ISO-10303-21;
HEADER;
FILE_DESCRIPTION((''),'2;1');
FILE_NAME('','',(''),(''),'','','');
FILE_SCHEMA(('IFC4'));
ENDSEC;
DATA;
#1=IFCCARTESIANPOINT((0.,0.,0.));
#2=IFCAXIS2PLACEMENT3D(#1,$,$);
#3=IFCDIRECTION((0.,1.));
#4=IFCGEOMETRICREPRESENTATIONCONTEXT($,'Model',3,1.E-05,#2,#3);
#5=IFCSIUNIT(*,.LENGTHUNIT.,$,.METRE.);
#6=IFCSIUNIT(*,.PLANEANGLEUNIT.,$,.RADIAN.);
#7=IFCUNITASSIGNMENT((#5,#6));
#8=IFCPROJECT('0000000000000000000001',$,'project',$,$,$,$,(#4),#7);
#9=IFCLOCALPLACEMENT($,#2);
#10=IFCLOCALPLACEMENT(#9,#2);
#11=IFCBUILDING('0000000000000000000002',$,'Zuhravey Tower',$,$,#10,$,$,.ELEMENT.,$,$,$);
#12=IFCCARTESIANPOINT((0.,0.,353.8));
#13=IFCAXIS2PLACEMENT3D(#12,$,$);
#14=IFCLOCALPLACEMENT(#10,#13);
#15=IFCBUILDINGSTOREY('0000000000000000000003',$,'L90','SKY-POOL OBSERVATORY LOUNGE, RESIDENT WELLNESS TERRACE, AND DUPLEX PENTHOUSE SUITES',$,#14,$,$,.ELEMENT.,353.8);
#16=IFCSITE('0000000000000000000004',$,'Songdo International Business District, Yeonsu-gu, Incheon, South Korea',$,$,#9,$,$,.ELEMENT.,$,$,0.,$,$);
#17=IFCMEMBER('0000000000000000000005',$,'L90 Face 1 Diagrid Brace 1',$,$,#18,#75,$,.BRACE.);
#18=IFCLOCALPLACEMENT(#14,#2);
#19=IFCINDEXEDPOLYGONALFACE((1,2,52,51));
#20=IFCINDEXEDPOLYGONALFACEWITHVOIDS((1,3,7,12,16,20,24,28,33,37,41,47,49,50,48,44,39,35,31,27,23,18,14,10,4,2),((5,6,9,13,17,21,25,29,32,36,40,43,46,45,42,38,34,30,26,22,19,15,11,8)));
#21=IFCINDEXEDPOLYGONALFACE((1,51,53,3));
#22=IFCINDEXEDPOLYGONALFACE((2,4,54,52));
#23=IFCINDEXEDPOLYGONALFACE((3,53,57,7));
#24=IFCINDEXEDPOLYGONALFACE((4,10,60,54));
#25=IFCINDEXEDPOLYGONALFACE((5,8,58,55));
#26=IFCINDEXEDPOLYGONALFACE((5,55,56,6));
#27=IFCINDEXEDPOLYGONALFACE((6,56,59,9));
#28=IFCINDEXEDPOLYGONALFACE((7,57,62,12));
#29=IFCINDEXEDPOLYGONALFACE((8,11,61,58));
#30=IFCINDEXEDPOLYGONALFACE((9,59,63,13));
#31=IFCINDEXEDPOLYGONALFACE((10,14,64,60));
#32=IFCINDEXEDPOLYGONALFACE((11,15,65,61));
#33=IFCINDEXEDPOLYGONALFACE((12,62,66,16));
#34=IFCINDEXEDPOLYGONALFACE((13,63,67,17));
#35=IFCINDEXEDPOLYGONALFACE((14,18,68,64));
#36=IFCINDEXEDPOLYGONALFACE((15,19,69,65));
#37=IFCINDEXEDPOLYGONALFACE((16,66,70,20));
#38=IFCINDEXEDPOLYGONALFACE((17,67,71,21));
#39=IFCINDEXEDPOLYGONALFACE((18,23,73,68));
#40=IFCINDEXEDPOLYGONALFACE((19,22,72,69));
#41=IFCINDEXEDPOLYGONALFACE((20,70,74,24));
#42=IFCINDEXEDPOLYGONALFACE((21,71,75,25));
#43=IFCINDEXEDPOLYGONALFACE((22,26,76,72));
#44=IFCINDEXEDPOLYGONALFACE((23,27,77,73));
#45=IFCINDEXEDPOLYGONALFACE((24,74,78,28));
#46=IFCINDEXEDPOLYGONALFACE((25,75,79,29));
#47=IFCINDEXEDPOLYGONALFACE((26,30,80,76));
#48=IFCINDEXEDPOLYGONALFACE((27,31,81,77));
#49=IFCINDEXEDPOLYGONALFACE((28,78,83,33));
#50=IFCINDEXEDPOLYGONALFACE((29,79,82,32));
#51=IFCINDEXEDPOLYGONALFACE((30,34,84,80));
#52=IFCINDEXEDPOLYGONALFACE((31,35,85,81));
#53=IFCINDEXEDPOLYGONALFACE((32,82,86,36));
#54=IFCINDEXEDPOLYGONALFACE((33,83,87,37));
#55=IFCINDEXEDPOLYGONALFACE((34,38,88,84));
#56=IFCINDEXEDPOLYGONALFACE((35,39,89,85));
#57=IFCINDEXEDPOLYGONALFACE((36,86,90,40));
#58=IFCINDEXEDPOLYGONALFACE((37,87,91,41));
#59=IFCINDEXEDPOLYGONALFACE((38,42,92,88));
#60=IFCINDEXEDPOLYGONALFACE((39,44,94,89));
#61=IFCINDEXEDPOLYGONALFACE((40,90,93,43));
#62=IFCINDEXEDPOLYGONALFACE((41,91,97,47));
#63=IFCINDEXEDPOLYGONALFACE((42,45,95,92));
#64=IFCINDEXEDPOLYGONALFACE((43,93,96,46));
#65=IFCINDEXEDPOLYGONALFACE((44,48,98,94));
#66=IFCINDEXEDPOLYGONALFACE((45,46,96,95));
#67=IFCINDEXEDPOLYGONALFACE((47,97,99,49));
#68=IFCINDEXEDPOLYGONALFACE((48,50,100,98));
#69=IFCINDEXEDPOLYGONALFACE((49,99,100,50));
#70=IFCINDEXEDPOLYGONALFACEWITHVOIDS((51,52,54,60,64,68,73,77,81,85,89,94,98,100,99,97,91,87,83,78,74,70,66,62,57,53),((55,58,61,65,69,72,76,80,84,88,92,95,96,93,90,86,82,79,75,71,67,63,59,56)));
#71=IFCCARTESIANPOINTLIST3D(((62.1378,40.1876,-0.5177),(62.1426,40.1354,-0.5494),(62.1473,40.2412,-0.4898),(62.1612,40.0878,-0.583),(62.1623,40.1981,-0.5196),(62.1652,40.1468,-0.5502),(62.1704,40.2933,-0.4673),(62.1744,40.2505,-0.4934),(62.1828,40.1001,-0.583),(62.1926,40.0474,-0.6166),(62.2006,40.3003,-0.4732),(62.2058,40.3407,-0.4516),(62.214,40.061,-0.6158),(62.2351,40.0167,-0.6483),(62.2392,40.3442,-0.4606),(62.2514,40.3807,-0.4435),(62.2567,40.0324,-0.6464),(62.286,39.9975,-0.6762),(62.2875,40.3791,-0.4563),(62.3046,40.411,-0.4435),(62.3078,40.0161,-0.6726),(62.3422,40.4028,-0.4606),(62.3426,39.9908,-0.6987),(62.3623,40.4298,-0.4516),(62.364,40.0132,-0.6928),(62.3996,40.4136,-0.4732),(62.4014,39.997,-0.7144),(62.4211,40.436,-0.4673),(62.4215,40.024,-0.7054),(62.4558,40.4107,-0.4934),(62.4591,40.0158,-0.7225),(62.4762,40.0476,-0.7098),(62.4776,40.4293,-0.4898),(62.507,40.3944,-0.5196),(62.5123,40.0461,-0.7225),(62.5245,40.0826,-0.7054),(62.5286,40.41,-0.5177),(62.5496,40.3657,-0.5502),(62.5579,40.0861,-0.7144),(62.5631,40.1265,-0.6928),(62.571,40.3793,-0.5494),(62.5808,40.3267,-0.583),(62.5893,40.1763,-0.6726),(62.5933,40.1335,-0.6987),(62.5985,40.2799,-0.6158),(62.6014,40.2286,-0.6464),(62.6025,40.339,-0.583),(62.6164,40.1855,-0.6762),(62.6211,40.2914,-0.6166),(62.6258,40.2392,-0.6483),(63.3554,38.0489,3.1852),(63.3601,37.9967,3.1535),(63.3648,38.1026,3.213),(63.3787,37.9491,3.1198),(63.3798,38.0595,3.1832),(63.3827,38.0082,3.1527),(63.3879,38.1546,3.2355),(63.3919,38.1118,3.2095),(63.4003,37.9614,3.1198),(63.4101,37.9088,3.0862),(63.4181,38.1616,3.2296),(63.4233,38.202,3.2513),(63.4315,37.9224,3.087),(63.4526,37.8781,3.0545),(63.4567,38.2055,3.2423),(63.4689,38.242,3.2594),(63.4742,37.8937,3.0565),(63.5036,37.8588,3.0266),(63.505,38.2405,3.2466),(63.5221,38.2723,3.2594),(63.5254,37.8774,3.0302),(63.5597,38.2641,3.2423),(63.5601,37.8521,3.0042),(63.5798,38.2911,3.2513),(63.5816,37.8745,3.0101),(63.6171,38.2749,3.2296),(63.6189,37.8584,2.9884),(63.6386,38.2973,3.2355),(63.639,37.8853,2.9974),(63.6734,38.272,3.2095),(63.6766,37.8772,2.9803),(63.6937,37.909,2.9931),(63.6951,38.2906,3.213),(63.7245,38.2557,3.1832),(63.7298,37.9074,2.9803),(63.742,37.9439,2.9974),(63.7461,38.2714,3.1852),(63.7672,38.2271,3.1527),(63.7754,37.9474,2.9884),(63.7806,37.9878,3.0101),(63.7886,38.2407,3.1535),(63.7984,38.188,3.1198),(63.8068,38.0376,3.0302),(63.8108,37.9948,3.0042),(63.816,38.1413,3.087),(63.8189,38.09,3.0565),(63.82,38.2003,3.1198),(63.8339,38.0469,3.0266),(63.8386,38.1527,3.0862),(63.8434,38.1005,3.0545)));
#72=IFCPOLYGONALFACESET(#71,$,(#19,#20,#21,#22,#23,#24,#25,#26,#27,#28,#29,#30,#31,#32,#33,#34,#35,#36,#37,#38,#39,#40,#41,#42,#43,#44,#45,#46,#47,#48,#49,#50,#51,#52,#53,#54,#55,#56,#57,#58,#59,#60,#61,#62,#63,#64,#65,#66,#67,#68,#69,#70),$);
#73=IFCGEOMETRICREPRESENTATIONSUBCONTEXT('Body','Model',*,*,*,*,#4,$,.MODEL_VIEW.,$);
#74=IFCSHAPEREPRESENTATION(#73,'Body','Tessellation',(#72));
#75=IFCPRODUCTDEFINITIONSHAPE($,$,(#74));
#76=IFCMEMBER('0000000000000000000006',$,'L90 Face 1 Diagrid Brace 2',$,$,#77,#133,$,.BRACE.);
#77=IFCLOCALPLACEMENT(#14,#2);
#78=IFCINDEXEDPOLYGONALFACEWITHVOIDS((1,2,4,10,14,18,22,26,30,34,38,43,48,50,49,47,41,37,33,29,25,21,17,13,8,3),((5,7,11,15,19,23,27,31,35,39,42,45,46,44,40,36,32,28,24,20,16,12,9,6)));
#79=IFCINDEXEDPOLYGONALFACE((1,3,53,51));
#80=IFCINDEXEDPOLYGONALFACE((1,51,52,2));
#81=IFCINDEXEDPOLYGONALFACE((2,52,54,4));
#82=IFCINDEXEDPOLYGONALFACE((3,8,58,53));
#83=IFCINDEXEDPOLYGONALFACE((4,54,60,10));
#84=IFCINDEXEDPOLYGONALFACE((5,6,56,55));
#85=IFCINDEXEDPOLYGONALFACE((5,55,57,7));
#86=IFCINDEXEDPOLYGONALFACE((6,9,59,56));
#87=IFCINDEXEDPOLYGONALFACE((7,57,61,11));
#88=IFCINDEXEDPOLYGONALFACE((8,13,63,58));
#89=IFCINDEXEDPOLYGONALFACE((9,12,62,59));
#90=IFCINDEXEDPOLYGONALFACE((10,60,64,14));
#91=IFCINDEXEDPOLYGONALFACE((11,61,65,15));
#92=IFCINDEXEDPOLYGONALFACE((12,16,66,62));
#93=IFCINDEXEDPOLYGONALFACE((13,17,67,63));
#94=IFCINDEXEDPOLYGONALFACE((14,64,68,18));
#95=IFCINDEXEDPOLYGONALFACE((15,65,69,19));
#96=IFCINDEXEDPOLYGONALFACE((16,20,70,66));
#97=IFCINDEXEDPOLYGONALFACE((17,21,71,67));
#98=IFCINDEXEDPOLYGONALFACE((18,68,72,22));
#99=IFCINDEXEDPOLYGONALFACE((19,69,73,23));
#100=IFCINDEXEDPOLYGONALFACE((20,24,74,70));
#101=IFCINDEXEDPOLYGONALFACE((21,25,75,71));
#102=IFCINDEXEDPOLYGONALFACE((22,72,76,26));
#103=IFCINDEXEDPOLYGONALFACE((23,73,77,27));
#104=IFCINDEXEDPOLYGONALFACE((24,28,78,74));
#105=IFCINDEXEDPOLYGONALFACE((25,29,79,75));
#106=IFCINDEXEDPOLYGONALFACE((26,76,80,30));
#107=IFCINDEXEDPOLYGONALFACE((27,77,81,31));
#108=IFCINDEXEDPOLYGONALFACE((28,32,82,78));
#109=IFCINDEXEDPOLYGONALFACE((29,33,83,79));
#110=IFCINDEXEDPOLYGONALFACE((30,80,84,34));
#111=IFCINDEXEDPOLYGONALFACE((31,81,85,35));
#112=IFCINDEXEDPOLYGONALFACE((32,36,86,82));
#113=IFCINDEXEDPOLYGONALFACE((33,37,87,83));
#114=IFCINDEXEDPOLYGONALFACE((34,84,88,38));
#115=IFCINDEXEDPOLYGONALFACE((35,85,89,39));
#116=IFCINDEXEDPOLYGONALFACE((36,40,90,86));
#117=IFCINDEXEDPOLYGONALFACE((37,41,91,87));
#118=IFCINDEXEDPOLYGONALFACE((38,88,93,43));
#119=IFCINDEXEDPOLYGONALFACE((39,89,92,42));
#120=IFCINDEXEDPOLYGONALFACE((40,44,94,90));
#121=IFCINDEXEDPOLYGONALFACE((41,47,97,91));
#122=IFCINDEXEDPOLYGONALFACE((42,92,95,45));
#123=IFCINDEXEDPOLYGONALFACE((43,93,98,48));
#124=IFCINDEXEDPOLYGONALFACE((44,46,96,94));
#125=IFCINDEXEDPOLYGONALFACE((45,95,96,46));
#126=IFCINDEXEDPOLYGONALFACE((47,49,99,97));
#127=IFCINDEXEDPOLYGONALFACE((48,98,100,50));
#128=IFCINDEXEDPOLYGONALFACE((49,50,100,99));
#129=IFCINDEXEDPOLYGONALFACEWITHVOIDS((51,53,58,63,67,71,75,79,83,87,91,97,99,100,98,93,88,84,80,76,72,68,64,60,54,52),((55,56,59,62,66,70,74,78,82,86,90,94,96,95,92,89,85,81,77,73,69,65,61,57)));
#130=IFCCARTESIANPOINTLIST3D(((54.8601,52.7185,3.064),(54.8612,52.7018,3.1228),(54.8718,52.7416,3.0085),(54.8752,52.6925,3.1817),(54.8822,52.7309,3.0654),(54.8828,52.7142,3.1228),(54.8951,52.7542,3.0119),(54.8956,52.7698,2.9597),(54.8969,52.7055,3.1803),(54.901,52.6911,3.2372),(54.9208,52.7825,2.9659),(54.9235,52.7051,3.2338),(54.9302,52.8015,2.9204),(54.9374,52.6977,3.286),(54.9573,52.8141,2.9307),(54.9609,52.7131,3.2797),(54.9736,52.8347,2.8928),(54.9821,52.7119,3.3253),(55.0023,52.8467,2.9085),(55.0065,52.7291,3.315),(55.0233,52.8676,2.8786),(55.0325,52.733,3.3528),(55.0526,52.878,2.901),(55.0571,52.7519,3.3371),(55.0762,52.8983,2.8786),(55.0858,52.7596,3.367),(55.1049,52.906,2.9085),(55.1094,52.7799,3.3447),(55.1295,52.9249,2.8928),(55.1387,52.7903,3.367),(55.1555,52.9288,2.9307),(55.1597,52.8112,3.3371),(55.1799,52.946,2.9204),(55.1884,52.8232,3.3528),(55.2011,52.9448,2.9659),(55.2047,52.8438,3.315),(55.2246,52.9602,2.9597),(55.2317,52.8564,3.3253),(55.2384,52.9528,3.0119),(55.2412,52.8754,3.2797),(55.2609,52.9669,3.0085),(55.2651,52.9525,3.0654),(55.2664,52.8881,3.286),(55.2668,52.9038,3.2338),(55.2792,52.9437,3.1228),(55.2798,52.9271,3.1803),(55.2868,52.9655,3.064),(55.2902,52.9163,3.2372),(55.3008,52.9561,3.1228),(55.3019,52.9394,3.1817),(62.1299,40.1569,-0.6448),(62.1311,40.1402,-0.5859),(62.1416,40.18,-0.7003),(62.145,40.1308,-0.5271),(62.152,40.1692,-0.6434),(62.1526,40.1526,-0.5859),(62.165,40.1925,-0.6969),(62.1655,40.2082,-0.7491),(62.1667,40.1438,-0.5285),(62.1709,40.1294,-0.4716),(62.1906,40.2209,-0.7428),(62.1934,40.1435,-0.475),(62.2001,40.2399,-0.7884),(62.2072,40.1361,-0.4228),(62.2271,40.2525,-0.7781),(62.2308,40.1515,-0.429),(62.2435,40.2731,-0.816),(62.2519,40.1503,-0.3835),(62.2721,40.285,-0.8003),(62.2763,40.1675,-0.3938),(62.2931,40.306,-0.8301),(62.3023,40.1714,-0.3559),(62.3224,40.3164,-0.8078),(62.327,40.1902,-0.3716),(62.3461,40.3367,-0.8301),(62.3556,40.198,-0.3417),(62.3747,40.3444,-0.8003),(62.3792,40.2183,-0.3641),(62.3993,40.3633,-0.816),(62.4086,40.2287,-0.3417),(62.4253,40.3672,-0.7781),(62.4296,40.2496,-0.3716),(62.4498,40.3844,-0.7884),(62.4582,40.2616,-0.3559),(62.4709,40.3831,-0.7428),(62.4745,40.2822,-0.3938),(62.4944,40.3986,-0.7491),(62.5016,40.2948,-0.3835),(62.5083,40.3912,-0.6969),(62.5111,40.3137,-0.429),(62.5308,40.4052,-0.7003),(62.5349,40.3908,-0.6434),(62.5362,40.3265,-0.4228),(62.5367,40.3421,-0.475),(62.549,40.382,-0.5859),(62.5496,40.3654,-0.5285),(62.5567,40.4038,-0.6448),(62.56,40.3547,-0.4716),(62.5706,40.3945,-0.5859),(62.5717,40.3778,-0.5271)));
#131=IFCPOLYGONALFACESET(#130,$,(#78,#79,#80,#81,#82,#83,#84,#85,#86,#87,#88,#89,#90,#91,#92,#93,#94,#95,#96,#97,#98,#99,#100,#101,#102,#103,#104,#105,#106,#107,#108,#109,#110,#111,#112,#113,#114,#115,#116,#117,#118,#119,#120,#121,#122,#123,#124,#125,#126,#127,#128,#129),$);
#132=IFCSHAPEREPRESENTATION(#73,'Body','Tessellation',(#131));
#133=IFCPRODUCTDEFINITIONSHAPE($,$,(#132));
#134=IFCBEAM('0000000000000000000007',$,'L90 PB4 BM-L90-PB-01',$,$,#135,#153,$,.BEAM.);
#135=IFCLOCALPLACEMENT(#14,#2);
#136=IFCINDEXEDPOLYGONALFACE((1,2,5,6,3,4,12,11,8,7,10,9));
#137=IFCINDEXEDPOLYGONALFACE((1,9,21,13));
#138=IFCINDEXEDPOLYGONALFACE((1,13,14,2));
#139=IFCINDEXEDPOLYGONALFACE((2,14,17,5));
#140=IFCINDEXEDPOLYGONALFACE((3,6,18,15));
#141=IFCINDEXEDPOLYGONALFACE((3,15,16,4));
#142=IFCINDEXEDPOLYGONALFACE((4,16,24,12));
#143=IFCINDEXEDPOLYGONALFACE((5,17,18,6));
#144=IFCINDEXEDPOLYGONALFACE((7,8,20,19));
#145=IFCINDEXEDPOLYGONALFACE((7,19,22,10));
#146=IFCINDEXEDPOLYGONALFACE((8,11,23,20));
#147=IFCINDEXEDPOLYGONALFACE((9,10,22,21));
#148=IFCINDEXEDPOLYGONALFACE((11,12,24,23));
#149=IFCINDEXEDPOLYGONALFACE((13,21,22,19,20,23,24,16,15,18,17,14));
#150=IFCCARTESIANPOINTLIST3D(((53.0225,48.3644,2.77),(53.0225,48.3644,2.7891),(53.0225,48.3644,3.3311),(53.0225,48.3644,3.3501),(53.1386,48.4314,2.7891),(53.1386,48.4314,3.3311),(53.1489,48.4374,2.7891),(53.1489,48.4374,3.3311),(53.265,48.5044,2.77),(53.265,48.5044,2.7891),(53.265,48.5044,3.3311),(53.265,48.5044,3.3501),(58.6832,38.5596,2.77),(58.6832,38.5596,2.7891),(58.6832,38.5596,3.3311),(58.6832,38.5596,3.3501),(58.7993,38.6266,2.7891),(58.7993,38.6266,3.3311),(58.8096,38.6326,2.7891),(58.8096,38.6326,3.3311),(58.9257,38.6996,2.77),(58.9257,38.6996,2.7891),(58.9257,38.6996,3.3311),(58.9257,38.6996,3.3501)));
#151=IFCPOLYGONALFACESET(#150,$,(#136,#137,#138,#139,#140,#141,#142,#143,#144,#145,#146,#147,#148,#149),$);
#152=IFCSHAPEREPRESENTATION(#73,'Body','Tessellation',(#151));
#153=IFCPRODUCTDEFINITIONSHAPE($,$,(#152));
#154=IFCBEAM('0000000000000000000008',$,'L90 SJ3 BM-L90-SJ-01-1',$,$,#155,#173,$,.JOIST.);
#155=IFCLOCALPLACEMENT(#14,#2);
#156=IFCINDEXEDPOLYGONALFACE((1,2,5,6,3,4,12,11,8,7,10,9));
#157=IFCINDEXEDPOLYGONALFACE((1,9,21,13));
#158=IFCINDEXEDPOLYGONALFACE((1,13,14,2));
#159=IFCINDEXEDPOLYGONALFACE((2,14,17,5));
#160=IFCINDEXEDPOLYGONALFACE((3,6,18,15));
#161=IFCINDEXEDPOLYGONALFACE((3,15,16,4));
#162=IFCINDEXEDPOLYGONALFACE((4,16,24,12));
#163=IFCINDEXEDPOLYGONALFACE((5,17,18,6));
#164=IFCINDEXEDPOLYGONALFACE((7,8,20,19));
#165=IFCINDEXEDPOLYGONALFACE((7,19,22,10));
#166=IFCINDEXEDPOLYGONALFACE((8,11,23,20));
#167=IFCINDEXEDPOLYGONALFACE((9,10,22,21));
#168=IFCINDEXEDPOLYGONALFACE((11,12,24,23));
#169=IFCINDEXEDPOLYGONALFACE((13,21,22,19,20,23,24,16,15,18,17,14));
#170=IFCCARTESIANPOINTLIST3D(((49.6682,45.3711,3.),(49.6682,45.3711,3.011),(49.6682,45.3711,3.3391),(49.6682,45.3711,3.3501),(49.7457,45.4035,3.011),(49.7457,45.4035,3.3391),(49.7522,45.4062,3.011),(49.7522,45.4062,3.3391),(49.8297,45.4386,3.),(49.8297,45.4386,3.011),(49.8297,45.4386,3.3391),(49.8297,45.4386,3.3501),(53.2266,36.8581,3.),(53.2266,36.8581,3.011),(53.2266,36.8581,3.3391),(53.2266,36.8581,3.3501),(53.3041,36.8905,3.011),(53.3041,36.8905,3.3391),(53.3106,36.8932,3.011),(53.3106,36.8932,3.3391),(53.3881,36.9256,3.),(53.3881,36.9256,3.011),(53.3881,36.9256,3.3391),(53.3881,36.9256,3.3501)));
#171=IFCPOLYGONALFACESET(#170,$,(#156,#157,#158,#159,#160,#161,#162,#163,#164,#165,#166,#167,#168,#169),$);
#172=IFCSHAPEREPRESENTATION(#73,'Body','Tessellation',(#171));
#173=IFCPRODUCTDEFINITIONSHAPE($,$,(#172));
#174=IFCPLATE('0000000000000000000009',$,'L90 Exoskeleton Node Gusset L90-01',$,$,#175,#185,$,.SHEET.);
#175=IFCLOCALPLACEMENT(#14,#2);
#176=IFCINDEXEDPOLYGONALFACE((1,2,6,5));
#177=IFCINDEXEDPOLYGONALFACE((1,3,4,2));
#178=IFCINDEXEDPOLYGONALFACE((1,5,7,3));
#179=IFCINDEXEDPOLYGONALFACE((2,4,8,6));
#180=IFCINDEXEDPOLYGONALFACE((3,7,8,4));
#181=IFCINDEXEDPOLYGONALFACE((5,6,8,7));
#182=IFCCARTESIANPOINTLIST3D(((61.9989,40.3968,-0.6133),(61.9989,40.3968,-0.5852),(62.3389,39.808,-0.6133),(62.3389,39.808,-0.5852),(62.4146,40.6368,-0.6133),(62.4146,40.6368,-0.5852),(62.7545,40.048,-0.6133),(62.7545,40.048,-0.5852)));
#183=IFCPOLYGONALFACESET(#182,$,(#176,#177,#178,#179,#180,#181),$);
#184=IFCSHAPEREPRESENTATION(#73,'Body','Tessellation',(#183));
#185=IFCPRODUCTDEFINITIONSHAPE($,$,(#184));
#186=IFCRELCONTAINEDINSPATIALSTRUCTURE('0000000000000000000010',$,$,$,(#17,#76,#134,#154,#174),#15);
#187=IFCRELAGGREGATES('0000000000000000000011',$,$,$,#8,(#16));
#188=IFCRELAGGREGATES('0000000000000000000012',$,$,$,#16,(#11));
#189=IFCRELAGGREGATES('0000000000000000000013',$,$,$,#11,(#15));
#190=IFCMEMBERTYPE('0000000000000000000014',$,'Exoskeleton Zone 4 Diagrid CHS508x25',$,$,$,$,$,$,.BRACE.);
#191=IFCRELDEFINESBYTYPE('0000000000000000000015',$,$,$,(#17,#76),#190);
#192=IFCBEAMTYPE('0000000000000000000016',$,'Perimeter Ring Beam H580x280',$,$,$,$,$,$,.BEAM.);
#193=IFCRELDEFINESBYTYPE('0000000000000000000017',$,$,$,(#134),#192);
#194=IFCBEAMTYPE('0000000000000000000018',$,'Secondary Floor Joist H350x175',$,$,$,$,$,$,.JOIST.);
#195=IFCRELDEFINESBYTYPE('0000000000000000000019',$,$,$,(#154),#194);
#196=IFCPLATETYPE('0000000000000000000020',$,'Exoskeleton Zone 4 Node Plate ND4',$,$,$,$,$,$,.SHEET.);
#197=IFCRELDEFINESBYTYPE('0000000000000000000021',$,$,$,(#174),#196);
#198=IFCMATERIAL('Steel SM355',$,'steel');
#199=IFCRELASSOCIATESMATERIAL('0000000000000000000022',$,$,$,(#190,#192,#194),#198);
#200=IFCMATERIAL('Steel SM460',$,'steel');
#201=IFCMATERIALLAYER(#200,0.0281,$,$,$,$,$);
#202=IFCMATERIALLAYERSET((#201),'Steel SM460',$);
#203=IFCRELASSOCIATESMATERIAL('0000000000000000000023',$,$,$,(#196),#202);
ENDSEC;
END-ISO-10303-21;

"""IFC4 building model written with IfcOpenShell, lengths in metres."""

from ifc_helpers import new_model, si_unit, direction, frame, origin, origin_2d, place, context, subcontext, project, spatial, rectangle, hollow_circle, i_section, extrude, material, layer, layer_set, material_profile, profile_set, type_object, element, save


model = new_model("IFC4")

# Units and contexts
model_context = context("Model", 3, precision=1e-05, world=origin(), true_north=direction((0.0, 1.0)))
body_context = subcontext(model_context, "Body", "Model", "MODEL_VIEW")
ifc_project = project(units=[si_unit("LENGTHUNIT", "METRE"), si_unit("PLANEANGLEUNIT", "RADIAN")], contexts=[model_context])

# Site, building, storey
site_placement = place(None, origin())
site = spatial("IfcSite", under=ifc_project, at=site_placement, Name="Songdo International Business District, Yeonsu-gu, Incheon, South Korea", CompositionType="ELEMENT", RefElevation=0.0)
building_placement = place(site_placement, origin())
building = spatial("IfcBuilding", under=site, at=building_placement, Name="Zuhravey Tower", CompositionType="ELEMENT")
storey_placement = place(building_placement, frame((0.0, 0.0, 353.8)))
storey = spatial("IfcBuildingStorey", under=building, at=storey_placement, Name="L90", Description="SKY-POOL OBSERVATORY LOUNGE, RESIDENT WELLNESS TERRACE, AND DUPLEX PENTHOUSE SUITES", CompositionType="ELEMENT", Elevation=353.8)

# Shared definitions
ifc_material_1 = material(Name="Steel SM460", Category="steel")

# Members
ifc_material_2 = material(Name="Steel SM355", Category="steel")
ifc_material_profile_1 = material_profile(ifc_material_2, hollow_circle(Radius=0.2539, WallThickness=0.0249, at=origin_2d()), Name="CHS-508.0x25")
ifc_profile_set_1 = profile_set([ifc_material_profile_1], Name="Steel SM355")
member_type_1 = type_object("IfcMemberType", Name="Exoskeleton Zone 4 Diagrid CHS508x25", PredefinedType="BRACE", material=ifc_profile_set_1)
member_1_placement = place(storey_placement, frame((62.3818, 40.2134, -0.583), z_axis=(0.273843, -0.481024, 0.832842), x_axis=(0.869042, 0.494739, 0.0)))
element("IfcMember", 1, at=member_1_placement, inside=storey, type_object=member_type_1, Name="L90 Face 1 Diagrid Brace 1", PredefinedType="BRACE", context=body_context, shape_type="SweptSolid", body=[
    extrude(hollow_circle(Radius=0.2539, WallThickness=0.0249, at=origin_2d()), origin(), (0.0, 0.0, 1.0), 4.446),
])
member_2_placement = place(storey_placement, frame((62.3508, 40.2673, -0.5859), z_axis=(-0.485303, 0.838561, 0.247582), x_axis=(-0.865507, -0.500898, 0.0)))
element("IfcMember", 2, at=member_2_placement, inside=storey, type_object=member_type_1, Name="L90 Face 1 Diagrid Brace 2", PredefinedType="BRACE", context=body_context, shape_type="SweptSolid", body=[
    extrude(hollow_circle(Radius=0.2539, WallThickness=0.0249, at=origin_2d()), origin(), (0.0, 0.0, 1.0), 14.98),
])

# Beams
ifc_material_profile_2 = material_profile(ifc_material_2, i_section(OverallWidth=0.28, OverallDepth=0.5801, WebThickness=0.012, FlangeThickness=0.019, at=origin_2d()), Name="H-580x280x12x19")
ifc_profile_set_2 = profile_set([ifc_material_profile_2], Name="Steel SM355")
beam_type_1 = type_object("IfcBeamType", Name="Perimeter Ring Beam H580x280", PredefinedType="BEAM", material=ifc_profile_set_2)
beam_1_placement = place(storey_placement, frame((58.8044, 38.6296, 3.0601), z_axis=(-0.499994, 0.866029, 0.0), x_axis=(-0.866029, -0.499994, 0.0)))
element("IfcBeam", 3, at=beam_1_placement, inside=storey, type_object=beam_type_1, Name="L90 PB4 BM-L90-PB-01", PredefinedType="BEAM", context=body_context, shape_type="SweptSolid", body=[
    extrude(i_section(OverallWidth=0.28, OverallDepth=0.5801, WebThickness=0.012, FlangeThickness=0.019, at=origin_2d()), origin(), (0.0, 0.0, 1.0), 11.3215),
])
ifc_material_profile_3 = material_profile(ifc_material_2, i_section(OverallWidth=0.175, OverallDepth=0.3501, WebThickness=0.0071, FlangeThickness=0.011, at=origin_2d()), Name="H-350x175x7x11")
ifc_profile_set_3 = profile_set([ifc_material_profile_3], Name="Steel SM355")
beam_type_2 = type_object("IfcBeamType", Name="Secondary Floor Joist H350x175", PredefinedType="JOIST", material=ifc_profile_set_3)
beam_2_placement = place(storey_placement, frame((53.3074, 36.8918, 3.175), z_axis=(-0.385658, 0.922642, 0.0), x_axis=(-0.922642, -0.385658, 0.0)))
element("IfcBeam", 4, at=beam_2_placement, inside=storey, type_object=beam_type_2, Name="L90 SJ3 BM-L90-SJ-01-1", PredefinedType="JOIST", context=body_context, shape_type="SweptSolid", body=[
    extrude(i_section(OverallWidth=0.175, OverallDepth=0.3501, WebThickness=0.0071, FlangeThickness=0.011, at=origin_2d()), origin(), (0.0, 0.0, 1.0), 9.2268),
])

# Plate
ifc_layer_1 = layer(ifc_material_1, 0.0281)
ifc_layer_set_1 = layer_set([ifc_layer_1], Name="Steel SM460")
plate_type_1 = type_object("IfcPlateType", Name="Exoskeleton Zone 4 Node Plate ND4", PredefinedType="SHEET", material=ifc_layer_set_1)
plate_1_placement = place(storey_placement, frame((62.3767, 40.2224, -0.6133), z_axis=(0.0, 0.0, 1.0), x_axis=(-0.5, 0.866025, 0.0)))
element("IfcPlate", 5, at=plate_1_placement, inside=storey, type_object=plate_type_1, Name="L90 Exoskeleton Node Gusset L90-01", PredefinedType="SHEET", context=body_context, shape_type="SweptSolid", body=[
    extrude(rectangle(XDim=0.6799, YDim=0.48, at=origin_2d()), origin(), (0.0, 0.0, 1.0), 0.0281),
])

save(model, "model.ifc")
